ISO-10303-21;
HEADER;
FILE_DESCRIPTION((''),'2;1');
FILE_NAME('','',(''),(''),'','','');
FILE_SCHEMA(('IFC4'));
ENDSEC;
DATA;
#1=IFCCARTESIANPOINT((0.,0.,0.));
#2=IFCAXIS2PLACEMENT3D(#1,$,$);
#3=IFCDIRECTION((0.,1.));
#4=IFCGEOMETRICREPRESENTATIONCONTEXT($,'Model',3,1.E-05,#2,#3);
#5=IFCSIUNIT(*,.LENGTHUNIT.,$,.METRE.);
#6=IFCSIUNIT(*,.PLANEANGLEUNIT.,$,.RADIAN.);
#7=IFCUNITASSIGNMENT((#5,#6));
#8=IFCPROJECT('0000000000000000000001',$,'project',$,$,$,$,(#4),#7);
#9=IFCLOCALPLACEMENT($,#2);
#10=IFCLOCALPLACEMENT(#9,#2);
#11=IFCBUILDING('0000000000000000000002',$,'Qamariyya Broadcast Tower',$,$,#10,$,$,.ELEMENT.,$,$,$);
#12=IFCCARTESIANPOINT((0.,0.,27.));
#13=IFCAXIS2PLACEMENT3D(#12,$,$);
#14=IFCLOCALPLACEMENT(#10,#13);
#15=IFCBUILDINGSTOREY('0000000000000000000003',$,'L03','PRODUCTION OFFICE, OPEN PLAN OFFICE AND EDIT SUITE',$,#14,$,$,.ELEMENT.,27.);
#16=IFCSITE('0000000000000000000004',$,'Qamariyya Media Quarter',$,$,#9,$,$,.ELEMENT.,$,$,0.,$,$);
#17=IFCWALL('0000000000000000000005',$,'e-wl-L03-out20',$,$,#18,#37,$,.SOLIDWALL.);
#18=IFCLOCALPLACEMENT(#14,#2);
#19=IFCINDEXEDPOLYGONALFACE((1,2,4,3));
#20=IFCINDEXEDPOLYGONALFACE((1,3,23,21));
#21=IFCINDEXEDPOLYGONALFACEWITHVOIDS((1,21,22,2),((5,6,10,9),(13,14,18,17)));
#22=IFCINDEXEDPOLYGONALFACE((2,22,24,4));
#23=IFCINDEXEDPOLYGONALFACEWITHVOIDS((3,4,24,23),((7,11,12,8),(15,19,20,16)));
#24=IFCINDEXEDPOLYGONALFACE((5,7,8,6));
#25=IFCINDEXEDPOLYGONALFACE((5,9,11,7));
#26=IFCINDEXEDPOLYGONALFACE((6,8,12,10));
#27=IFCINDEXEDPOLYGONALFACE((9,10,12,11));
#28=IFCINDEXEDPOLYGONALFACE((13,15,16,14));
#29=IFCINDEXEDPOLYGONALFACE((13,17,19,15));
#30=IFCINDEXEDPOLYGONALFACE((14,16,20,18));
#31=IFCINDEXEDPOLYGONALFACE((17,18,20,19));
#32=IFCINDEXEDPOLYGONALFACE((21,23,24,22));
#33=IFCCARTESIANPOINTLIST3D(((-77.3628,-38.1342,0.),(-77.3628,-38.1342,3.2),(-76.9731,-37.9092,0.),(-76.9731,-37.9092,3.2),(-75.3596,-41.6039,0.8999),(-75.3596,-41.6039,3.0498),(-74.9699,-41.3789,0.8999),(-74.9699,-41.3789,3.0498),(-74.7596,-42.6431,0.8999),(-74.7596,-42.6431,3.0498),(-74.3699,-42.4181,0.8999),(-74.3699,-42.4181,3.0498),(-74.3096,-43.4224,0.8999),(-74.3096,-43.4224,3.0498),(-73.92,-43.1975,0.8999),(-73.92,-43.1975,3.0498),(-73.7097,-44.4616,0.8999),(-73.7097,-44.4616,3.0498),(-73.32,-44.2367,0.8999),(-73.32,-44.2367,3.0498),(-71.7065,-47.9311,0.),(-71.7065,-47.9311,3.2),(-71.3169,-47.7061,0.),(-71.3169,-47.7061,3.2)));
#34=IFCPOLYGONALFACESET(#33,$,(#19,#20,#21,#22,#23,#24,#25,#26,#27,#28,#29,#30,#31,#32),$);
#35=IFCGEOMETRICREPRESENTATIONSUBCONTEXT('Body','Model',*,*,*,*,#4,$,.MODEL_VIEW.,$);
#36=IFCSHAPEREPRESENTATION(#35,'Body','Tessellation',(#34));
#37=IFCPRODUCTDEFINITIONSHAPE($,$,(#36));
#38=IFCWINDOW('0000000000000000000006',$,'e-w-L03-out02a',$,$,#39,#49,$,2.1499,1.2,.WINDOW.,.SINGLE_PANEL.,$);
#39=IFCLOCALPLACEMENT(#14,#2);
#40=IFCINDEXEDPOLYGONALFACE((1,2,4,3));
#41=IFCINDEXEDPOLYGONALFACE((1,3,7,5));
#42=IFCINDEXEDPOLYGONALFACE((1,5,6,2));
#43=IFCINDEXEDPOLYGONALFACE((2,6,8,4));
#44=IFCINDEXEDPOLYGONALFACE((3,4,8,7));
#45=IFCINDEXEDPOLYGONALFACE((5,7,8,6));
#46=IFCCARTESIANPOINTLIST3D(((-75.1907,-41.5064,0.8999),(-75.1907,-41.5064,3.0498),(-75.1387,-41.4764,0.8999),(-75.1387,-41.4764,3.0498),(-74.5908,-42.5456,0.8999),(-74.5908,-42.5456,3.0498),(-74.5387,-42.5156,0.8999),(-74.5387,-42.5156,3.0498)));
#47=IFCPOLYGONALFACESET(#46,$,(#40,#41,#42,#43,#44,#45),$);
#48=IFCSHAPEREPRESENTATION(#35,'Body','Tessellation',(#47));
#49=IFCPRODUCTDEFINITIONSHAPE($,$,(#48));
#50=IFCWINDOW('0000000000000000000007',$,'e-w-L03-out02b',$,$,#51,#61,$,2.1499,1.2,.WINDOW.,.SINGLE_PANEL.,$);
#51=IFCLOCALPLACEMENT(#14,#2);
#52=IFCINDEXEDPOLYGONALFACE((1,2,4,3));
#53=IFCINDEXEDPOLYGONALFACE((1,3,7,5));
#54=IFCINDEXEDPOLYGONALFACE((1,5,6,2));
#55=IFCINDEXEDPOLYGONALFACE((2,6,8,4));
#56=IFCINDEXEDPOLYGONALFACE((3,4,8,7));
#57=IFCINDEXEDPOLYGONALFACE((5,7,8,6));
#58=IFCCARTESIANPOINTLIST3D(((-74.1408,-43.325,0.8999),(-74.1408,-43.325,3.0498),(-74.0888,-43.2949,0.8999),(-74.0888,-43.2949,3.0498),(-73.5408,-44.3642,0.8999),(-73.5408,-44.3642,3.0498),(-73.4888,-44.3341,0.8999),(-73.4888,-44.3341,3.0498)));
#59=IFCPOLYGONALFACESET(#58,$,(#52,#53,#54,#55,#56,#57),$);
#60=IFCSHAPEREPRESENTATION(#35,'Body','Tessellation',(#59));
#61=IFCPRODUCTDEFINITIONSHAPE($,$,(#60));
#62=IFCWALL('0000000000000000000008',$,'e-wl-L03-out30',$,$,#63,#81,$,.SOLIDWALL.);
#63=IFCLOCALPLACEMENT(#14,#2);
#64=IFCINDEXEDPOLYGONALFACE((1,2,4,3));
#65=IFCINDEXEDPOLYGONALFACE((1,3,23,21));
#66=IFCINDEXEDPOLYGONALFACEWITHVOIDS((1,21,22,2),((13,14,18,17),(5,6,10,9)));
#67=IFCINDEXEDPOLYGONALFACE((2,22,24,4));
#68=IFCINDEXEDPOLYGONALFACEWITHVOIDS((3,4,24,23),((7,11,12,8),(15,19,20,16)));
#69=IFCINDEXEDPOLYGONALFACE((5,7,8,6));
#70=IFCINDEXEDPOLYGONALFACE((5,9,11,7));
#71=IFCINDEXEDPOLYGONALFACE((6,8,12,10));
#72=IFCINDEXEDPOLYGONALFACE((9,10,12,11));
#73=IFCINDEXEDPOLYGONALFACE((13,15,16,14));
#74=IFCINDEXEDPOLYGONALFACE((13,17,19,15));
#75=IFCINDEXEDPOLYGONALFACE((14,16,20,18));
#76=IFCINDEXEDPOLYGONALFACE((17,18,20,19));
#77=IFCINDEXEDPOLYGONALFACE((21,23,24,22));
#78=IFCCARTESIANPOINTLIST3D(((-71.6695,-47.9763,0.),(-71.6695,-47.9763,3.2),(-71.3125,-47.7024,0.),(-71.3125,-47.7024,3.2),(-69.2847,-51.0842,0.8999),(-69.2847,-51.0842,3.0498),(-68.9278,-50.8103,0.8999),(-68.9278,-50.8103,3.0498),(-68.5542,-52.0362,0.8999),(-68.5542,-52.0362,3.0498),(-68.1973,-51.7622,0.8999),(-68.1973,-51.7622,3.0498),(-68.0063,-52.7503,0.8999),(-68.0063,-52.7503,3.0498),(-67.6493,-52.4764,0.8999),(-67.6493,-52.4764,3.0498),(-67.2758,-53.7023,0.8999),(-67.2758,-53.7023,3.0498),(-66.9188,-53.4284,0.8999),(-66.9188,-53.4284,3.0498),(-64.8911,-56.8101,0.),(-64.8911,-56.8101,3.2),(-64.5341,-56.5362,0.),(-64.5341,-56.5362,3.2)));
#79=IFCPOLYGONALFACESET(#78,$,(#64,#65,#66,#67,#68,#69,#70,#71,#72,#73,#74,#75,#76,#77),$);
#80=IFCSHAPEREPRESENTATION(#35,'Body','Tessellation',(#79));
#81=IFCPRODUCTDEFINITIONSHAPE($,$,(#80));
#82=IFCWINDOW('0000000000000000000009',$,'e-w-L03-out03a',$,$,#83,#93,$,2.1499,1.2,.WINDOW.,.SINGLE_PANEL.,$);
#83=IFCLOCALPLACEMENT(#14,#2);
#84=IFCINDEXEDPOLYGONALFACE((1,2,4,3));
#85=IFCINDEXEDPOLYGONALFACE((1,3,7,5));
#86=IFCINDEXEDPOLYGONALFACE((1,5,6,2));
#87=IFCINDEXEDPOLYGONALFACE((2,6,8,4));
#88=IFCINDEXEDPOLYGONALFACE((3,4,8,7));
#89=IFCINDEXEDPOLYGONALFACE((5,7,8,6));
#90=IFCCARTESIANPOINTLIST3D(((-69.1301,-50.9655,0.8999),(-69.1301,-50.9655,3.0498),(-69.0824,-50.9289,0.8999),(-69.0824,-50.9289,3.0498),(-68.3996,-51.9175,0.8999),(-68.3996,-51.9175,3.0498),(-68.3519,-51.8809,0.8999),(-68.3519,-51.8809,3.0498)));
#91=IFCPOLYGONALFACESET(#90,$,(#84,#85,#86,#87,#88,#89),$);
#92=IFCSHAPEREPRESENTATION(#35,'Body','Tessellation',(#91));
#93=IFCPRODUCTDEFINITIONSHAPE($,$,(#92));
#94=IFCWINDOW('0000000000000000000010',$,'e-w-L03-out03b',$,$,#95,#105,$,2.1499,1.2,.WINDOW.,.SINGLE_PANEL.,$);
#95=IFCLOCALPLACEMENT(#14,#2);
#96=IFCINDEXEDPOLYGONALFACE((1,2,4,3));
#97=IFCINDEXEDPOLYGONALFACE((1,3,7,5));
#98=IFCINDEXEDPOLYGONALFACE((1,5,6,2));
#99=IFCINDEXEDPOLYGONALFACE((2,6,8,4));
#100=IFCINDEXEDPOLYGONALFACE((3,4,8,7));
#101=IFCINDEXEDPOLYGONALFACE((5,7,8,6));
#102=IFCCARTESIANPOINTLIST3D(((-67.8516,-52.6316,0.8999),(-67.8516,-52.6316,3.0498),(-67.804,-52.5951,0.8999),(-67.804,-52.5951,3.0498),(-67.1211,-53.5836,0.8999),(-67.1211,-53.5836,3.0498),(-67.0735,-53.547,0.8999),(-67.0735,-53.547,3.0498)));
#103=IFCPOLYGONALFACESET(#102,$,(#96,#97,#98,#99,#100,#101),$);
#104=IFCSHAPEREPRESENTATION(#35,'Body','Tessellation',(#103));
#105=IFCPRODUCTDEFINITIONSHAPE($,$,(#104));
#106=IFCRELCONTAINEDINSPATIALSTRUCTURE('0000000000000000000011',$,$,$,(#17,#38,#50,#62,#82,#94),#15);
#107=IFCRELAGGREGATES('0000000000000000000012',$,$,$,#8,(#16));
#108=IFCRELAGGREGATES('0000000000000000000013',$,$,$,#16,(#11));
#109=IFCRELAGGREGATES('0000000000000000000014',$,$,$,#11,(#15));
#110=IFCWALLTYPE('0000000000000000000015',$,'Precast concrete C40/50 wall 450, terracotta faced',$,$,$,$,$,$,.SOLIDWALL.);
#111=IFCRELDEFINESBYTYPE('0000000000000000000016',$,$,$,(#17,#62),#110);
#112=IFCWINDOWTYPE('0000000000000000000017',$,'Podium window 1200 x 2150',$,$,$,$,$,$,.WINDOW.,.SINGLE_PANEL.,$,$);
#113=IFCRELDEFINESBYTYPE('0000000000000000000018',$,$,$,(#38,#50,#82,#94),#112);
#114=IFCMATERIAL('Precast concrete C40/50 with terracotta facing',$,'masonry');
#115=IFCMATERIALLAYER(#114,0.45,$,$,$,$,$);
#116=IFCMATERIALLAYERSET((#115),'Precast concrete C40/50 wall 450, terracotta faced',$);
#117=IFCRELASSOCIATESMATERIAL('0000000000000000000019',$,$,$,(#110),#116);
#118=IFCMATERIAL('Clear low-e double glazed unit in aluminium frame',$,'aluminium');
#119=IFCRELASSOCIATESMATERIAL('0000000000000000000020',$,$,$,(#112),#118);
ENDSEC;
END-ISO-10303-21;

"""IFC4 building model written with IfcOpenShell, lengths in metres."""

from ifc_helpers import new_model, si_unit, direction, frame, frame_2d, origin, place, context, subcontext, project, spatial, rectangle, extrude, material, layer, layer_set, type_object, element, fill, save


model = new_model("IFC4")

# Units and contexts
model_context = context("Model", 3, precision=1e-05, world=origin(), true_north=direction((0.0, 1.0)))
body_context = subcontext(model_context, "Body", "Model", "MODEL_VIEW")
ifc_project = project(units=[si_unit("LENGTHUNIT", "METRE"), si_unit("PLANEANGLEUNIT", "RADIAN")], contexts=[model_context])

# Site, building, storey
site_placement = place(None, origin())
site = spatial("IfcSite", under=ifc_project, at=site_placement, Name="Qamariyya Media Quarter", CompositionType="ELEMENT", RefElevation=0.0)
building_placement = place(site_placement, origin())
building = spatial("IfcBuilding", under=site, at=building_placement, Name="Qamariyya Broadcast Tower", CompositionType="ELEMENT")
storey_placement = place(building_placement, frame((0.0, 0.0, 27.0)))
storey = spatial("IfcBuildingStorey", under=building, at=storey_placement, Name="L03", Description="PRODUCTION OFFICE, OPEN PLAN OFFICE AND EDIT SUITE", CompositionType="ELEMENT", Elevation=27.0)

# Shared definitions
ifc_material_1 = material(Name="Precast concrete C40/50 with terracotta facing", Category="masonry")
ifc_layer = layer(ifc_material_1, 0.45)
ifc_layer_set = layer_set([ifc_layer], Name="Precast concrete C40/50 wall 450, terracotta faced")
wall_type = type_object("IfcWallType", Name="Precast concrete C40/50 wall 450, terracotta faced", PredefinedType="SOLIDWALL", material=ifc_layer_set)

# Walls, openings, windows
ifc_material_2 = material(Name="Clear low-e double glazed unit in aluminium frame", Category="aluminium")
window_type = type_object("IfcWindowType", Name="Podium window 1200 x 2150", PartitioningType="SINGLE_PANEL", PredefinedType="WINDOW", material=ifc_material_2)
wall_1_placement = place(storey_placement, frame((-77.168, -38.0217, 0.0), z_axis=(0.0, 0.0, 1.0), x_axis=(0.500001, -0.866025, 0.0)))
wall_1 = element("IfcWall", 1, at=wall_1_placement, inside=storey, type_object=wall_type, Name="e-wl-L03-out20", PredefinedType="SOLIDWALL", context=body_context, shape_type="SweptSolid", body=[
    extrude(rectangle(XDim=11.3125, YDim=0.45, at=frame_2d((5.6562, 0.0))), origin(), (0.0, 0.0, 1.0), 3.2),
])
opening_1_placement = place(wall_1_placement, frame((4.0063, 0.0, 0.8999)))
opening_1 = element("IfcOpeningElement", 2, at=opening_1_placement, cuts=wall_1, PredefinedType="OPENING", context=body_context, shape_type="SweptSolid", body=[
    extrude(rectangle(XDim=1.2, YDim=2.1499, at=frame_2d((0.6001, 1.075))), frame((0.0, 0.2349, 0.0), z_axis=(0.0, -1.0, 0.0), x_axis=(1.0, 0.0, 0.0)), (0.0, 0.0, 1.0), 0.47),
])
opening_2_placement = place(wall_1_placement, frame((6.1062, 0.0, 0.8999)))
opening_2 = element("IfcOpeningElement", 3, at=opening_2_placement, cuts=wall_1, PredefinedType="OPENING", context=body_context, shape_type="SweptSolid", body=[
    extrude(rectangle(XDim=1.2, YDim=2.1499, at=frame_2d((0.6001, 1.075))), frame((0.0, 0.2349, 0.0), z_axis=(0.0, -1.0, 0.0), x_axis=(1.0, 0.0, 0.0)), (0.0, 0.0, 1.0), 0.47),
])
window_1_placement = place(opening_1_placement, origin())
window_1 = element("IfcWindow", 4, at=window_1_placement, inside=storey, type_object=window_type, Name="e-w-L03-out02a", OverallHeight=2.1499, OverallWidth=1.2, PartitioningType="SINGLE_PANEL", PredefinedType="WINDOW", context=body_context, shape_type="SweptSolid", body=[
    extrude(rectangle(XDim=1.2, YDim=2.1499, at=frame_2d((0.6001, 1.075))), frame((0.0, 0.03, 0.0), z_axis=(0.0, -1.0, 0.0), x_axis=(1.0, 0.0, 0.0)), (0.0, 0.0, 1.0), 0.0601),
])
fill(opening_1, window_1)
window_2_placement = place(opening_2_placement, origin())
window_2 = element("IfcWindow", 5, at=window_2_placement, inside=storey, type_object=window_type, Name="e-w-L03-out02b", OverallHeight=2.1499, OverallWidth=1.2, PartitioningType="SINGLE_PANEL", PredefinedType="WINDOW", context=body_context, shape_type="SweptSolid", body=[
    extrude(rectangle(XDim=1.2, YDim=2.1499, at=frame_2d((0.6001, 1.075))), frame((0.0, 0.03, 0.0), z_axis=(0.0, -1.0, 0.0), x_axis=(1.0, 0.0, 0.0)), (0.0, 0.0, 1.0), 0.0601),
])
fill(opening_2, window_2)
wall_2_placement = place(storey_placement, frame((-71.491, -47.8394, 0.0), z_axis=(0.0, 0.0, 1.0), x_axis=(0.608759, -0.793355, 0.0)))
wall_2 = element("IfcWall", 6, at=wall_2_placement, inside=storey, type_object=wall_type, Name="e-wl-L03-out30", PredefinedType="SOLIDWALL", context=body_context, shape_type="SweptSolid", body=[
    extrude(rectangle(XDim=11.1348, YDim=0.45, at=frame_2d((5.5674, 0.0))), origin(), (0.0, 0.0, 1.0), 3.2),
])
opening_3_placement = place(wall_2_placement, frame((3.9172, 0.0, 0.8999)))
opening_3 = element("IfcOpeningElement", 7, at=opening_3_placement, cuts=wall_2, PredefinedType="OPENING", context=body_context, shape_type="SweptSolid", body=[
    extrude(rectangle(XDim=1.2, YDim=2.1499, at=frame_2d((0.6001, 1.075))), frame((0.0, 0.2349, 0.0), z_axis=(0.0, -1.0, 0.0), x_axis=(1.0, 0.0, 0.0)), (0.0, 0.0, 1.0), 0.47),
])
opening_4_placement = place(wall_2_placement, frame((6.0173, 0.0, 0.8999)))
opening_4 = element("IfcOpeningElement", 8, at=opening_4_placement, cuts=wall_2, PredefinedType="OPENING", context=body_context, shape_type="SweptSolid", body=[
    extrude(rectangle(XDim=1.2, YDim=2.1499, at=frame_2d((0.6001, 1.075))), frame((0.0, 0.2349, 0.0), z_axis=(0.0, -1.0, 0.0), x_axis=(1.0, 0.0, 0.0)), (0.0, 0.0, 1.0), 0.47),
])
window_3_placement = place(opening_3_placement, origin())
window_3 = element("IfcWindow", 9, at=window_3_placement, inside=storey, type_object=window_type, Name="e-w-L03-out03a", OverallHeight=2.1499, OverallWidth=1.2, PartitioningType="SINGLE_PANEL", PredefinedType="WINDOW", context=body_context, shape_type="SweptSolid", body=[
    extrude(rectangle(XDim=1.2, YDim=2.1499, at=frame_2d((0.6001, 1.075))), frame((0.0, 0.03, 0.0), z_axis=(0.0, -1.0, 0.0), x_axis=(1.0, 0.0, 0.0)), (0.0, 0.0, 1.0), 0.0601),
])
fill(opening_3, window_3)
window_4_placement = place(opening_4_placement, origin())
window_4 = element("IfcWindow", 10, at=window_4_placement, inside=storey, type_object=window_type, Name="e-w-L03-out03b", OverallHeight=2.1499, OverallWidth=1.2, PartitioningType="SINGLE_PANEL", PredefinedType="WINDOW", context=body_context, shape_type="SweptSolid", body=[
    extrude(rectangle(XDim=1.2, YDim=2.1499, at=frame_2d((0.6001, 1.075))), frame((0.0, 0.03, 0.0), z_axis=(0.0, -1.0, 0.0), x_axis=(1.0, 0.0, 0.0)), (0.0, 0.0, 1.0), 0.0601),
])
fill(opening_4, window_4)

save(model, "model.ifc")
